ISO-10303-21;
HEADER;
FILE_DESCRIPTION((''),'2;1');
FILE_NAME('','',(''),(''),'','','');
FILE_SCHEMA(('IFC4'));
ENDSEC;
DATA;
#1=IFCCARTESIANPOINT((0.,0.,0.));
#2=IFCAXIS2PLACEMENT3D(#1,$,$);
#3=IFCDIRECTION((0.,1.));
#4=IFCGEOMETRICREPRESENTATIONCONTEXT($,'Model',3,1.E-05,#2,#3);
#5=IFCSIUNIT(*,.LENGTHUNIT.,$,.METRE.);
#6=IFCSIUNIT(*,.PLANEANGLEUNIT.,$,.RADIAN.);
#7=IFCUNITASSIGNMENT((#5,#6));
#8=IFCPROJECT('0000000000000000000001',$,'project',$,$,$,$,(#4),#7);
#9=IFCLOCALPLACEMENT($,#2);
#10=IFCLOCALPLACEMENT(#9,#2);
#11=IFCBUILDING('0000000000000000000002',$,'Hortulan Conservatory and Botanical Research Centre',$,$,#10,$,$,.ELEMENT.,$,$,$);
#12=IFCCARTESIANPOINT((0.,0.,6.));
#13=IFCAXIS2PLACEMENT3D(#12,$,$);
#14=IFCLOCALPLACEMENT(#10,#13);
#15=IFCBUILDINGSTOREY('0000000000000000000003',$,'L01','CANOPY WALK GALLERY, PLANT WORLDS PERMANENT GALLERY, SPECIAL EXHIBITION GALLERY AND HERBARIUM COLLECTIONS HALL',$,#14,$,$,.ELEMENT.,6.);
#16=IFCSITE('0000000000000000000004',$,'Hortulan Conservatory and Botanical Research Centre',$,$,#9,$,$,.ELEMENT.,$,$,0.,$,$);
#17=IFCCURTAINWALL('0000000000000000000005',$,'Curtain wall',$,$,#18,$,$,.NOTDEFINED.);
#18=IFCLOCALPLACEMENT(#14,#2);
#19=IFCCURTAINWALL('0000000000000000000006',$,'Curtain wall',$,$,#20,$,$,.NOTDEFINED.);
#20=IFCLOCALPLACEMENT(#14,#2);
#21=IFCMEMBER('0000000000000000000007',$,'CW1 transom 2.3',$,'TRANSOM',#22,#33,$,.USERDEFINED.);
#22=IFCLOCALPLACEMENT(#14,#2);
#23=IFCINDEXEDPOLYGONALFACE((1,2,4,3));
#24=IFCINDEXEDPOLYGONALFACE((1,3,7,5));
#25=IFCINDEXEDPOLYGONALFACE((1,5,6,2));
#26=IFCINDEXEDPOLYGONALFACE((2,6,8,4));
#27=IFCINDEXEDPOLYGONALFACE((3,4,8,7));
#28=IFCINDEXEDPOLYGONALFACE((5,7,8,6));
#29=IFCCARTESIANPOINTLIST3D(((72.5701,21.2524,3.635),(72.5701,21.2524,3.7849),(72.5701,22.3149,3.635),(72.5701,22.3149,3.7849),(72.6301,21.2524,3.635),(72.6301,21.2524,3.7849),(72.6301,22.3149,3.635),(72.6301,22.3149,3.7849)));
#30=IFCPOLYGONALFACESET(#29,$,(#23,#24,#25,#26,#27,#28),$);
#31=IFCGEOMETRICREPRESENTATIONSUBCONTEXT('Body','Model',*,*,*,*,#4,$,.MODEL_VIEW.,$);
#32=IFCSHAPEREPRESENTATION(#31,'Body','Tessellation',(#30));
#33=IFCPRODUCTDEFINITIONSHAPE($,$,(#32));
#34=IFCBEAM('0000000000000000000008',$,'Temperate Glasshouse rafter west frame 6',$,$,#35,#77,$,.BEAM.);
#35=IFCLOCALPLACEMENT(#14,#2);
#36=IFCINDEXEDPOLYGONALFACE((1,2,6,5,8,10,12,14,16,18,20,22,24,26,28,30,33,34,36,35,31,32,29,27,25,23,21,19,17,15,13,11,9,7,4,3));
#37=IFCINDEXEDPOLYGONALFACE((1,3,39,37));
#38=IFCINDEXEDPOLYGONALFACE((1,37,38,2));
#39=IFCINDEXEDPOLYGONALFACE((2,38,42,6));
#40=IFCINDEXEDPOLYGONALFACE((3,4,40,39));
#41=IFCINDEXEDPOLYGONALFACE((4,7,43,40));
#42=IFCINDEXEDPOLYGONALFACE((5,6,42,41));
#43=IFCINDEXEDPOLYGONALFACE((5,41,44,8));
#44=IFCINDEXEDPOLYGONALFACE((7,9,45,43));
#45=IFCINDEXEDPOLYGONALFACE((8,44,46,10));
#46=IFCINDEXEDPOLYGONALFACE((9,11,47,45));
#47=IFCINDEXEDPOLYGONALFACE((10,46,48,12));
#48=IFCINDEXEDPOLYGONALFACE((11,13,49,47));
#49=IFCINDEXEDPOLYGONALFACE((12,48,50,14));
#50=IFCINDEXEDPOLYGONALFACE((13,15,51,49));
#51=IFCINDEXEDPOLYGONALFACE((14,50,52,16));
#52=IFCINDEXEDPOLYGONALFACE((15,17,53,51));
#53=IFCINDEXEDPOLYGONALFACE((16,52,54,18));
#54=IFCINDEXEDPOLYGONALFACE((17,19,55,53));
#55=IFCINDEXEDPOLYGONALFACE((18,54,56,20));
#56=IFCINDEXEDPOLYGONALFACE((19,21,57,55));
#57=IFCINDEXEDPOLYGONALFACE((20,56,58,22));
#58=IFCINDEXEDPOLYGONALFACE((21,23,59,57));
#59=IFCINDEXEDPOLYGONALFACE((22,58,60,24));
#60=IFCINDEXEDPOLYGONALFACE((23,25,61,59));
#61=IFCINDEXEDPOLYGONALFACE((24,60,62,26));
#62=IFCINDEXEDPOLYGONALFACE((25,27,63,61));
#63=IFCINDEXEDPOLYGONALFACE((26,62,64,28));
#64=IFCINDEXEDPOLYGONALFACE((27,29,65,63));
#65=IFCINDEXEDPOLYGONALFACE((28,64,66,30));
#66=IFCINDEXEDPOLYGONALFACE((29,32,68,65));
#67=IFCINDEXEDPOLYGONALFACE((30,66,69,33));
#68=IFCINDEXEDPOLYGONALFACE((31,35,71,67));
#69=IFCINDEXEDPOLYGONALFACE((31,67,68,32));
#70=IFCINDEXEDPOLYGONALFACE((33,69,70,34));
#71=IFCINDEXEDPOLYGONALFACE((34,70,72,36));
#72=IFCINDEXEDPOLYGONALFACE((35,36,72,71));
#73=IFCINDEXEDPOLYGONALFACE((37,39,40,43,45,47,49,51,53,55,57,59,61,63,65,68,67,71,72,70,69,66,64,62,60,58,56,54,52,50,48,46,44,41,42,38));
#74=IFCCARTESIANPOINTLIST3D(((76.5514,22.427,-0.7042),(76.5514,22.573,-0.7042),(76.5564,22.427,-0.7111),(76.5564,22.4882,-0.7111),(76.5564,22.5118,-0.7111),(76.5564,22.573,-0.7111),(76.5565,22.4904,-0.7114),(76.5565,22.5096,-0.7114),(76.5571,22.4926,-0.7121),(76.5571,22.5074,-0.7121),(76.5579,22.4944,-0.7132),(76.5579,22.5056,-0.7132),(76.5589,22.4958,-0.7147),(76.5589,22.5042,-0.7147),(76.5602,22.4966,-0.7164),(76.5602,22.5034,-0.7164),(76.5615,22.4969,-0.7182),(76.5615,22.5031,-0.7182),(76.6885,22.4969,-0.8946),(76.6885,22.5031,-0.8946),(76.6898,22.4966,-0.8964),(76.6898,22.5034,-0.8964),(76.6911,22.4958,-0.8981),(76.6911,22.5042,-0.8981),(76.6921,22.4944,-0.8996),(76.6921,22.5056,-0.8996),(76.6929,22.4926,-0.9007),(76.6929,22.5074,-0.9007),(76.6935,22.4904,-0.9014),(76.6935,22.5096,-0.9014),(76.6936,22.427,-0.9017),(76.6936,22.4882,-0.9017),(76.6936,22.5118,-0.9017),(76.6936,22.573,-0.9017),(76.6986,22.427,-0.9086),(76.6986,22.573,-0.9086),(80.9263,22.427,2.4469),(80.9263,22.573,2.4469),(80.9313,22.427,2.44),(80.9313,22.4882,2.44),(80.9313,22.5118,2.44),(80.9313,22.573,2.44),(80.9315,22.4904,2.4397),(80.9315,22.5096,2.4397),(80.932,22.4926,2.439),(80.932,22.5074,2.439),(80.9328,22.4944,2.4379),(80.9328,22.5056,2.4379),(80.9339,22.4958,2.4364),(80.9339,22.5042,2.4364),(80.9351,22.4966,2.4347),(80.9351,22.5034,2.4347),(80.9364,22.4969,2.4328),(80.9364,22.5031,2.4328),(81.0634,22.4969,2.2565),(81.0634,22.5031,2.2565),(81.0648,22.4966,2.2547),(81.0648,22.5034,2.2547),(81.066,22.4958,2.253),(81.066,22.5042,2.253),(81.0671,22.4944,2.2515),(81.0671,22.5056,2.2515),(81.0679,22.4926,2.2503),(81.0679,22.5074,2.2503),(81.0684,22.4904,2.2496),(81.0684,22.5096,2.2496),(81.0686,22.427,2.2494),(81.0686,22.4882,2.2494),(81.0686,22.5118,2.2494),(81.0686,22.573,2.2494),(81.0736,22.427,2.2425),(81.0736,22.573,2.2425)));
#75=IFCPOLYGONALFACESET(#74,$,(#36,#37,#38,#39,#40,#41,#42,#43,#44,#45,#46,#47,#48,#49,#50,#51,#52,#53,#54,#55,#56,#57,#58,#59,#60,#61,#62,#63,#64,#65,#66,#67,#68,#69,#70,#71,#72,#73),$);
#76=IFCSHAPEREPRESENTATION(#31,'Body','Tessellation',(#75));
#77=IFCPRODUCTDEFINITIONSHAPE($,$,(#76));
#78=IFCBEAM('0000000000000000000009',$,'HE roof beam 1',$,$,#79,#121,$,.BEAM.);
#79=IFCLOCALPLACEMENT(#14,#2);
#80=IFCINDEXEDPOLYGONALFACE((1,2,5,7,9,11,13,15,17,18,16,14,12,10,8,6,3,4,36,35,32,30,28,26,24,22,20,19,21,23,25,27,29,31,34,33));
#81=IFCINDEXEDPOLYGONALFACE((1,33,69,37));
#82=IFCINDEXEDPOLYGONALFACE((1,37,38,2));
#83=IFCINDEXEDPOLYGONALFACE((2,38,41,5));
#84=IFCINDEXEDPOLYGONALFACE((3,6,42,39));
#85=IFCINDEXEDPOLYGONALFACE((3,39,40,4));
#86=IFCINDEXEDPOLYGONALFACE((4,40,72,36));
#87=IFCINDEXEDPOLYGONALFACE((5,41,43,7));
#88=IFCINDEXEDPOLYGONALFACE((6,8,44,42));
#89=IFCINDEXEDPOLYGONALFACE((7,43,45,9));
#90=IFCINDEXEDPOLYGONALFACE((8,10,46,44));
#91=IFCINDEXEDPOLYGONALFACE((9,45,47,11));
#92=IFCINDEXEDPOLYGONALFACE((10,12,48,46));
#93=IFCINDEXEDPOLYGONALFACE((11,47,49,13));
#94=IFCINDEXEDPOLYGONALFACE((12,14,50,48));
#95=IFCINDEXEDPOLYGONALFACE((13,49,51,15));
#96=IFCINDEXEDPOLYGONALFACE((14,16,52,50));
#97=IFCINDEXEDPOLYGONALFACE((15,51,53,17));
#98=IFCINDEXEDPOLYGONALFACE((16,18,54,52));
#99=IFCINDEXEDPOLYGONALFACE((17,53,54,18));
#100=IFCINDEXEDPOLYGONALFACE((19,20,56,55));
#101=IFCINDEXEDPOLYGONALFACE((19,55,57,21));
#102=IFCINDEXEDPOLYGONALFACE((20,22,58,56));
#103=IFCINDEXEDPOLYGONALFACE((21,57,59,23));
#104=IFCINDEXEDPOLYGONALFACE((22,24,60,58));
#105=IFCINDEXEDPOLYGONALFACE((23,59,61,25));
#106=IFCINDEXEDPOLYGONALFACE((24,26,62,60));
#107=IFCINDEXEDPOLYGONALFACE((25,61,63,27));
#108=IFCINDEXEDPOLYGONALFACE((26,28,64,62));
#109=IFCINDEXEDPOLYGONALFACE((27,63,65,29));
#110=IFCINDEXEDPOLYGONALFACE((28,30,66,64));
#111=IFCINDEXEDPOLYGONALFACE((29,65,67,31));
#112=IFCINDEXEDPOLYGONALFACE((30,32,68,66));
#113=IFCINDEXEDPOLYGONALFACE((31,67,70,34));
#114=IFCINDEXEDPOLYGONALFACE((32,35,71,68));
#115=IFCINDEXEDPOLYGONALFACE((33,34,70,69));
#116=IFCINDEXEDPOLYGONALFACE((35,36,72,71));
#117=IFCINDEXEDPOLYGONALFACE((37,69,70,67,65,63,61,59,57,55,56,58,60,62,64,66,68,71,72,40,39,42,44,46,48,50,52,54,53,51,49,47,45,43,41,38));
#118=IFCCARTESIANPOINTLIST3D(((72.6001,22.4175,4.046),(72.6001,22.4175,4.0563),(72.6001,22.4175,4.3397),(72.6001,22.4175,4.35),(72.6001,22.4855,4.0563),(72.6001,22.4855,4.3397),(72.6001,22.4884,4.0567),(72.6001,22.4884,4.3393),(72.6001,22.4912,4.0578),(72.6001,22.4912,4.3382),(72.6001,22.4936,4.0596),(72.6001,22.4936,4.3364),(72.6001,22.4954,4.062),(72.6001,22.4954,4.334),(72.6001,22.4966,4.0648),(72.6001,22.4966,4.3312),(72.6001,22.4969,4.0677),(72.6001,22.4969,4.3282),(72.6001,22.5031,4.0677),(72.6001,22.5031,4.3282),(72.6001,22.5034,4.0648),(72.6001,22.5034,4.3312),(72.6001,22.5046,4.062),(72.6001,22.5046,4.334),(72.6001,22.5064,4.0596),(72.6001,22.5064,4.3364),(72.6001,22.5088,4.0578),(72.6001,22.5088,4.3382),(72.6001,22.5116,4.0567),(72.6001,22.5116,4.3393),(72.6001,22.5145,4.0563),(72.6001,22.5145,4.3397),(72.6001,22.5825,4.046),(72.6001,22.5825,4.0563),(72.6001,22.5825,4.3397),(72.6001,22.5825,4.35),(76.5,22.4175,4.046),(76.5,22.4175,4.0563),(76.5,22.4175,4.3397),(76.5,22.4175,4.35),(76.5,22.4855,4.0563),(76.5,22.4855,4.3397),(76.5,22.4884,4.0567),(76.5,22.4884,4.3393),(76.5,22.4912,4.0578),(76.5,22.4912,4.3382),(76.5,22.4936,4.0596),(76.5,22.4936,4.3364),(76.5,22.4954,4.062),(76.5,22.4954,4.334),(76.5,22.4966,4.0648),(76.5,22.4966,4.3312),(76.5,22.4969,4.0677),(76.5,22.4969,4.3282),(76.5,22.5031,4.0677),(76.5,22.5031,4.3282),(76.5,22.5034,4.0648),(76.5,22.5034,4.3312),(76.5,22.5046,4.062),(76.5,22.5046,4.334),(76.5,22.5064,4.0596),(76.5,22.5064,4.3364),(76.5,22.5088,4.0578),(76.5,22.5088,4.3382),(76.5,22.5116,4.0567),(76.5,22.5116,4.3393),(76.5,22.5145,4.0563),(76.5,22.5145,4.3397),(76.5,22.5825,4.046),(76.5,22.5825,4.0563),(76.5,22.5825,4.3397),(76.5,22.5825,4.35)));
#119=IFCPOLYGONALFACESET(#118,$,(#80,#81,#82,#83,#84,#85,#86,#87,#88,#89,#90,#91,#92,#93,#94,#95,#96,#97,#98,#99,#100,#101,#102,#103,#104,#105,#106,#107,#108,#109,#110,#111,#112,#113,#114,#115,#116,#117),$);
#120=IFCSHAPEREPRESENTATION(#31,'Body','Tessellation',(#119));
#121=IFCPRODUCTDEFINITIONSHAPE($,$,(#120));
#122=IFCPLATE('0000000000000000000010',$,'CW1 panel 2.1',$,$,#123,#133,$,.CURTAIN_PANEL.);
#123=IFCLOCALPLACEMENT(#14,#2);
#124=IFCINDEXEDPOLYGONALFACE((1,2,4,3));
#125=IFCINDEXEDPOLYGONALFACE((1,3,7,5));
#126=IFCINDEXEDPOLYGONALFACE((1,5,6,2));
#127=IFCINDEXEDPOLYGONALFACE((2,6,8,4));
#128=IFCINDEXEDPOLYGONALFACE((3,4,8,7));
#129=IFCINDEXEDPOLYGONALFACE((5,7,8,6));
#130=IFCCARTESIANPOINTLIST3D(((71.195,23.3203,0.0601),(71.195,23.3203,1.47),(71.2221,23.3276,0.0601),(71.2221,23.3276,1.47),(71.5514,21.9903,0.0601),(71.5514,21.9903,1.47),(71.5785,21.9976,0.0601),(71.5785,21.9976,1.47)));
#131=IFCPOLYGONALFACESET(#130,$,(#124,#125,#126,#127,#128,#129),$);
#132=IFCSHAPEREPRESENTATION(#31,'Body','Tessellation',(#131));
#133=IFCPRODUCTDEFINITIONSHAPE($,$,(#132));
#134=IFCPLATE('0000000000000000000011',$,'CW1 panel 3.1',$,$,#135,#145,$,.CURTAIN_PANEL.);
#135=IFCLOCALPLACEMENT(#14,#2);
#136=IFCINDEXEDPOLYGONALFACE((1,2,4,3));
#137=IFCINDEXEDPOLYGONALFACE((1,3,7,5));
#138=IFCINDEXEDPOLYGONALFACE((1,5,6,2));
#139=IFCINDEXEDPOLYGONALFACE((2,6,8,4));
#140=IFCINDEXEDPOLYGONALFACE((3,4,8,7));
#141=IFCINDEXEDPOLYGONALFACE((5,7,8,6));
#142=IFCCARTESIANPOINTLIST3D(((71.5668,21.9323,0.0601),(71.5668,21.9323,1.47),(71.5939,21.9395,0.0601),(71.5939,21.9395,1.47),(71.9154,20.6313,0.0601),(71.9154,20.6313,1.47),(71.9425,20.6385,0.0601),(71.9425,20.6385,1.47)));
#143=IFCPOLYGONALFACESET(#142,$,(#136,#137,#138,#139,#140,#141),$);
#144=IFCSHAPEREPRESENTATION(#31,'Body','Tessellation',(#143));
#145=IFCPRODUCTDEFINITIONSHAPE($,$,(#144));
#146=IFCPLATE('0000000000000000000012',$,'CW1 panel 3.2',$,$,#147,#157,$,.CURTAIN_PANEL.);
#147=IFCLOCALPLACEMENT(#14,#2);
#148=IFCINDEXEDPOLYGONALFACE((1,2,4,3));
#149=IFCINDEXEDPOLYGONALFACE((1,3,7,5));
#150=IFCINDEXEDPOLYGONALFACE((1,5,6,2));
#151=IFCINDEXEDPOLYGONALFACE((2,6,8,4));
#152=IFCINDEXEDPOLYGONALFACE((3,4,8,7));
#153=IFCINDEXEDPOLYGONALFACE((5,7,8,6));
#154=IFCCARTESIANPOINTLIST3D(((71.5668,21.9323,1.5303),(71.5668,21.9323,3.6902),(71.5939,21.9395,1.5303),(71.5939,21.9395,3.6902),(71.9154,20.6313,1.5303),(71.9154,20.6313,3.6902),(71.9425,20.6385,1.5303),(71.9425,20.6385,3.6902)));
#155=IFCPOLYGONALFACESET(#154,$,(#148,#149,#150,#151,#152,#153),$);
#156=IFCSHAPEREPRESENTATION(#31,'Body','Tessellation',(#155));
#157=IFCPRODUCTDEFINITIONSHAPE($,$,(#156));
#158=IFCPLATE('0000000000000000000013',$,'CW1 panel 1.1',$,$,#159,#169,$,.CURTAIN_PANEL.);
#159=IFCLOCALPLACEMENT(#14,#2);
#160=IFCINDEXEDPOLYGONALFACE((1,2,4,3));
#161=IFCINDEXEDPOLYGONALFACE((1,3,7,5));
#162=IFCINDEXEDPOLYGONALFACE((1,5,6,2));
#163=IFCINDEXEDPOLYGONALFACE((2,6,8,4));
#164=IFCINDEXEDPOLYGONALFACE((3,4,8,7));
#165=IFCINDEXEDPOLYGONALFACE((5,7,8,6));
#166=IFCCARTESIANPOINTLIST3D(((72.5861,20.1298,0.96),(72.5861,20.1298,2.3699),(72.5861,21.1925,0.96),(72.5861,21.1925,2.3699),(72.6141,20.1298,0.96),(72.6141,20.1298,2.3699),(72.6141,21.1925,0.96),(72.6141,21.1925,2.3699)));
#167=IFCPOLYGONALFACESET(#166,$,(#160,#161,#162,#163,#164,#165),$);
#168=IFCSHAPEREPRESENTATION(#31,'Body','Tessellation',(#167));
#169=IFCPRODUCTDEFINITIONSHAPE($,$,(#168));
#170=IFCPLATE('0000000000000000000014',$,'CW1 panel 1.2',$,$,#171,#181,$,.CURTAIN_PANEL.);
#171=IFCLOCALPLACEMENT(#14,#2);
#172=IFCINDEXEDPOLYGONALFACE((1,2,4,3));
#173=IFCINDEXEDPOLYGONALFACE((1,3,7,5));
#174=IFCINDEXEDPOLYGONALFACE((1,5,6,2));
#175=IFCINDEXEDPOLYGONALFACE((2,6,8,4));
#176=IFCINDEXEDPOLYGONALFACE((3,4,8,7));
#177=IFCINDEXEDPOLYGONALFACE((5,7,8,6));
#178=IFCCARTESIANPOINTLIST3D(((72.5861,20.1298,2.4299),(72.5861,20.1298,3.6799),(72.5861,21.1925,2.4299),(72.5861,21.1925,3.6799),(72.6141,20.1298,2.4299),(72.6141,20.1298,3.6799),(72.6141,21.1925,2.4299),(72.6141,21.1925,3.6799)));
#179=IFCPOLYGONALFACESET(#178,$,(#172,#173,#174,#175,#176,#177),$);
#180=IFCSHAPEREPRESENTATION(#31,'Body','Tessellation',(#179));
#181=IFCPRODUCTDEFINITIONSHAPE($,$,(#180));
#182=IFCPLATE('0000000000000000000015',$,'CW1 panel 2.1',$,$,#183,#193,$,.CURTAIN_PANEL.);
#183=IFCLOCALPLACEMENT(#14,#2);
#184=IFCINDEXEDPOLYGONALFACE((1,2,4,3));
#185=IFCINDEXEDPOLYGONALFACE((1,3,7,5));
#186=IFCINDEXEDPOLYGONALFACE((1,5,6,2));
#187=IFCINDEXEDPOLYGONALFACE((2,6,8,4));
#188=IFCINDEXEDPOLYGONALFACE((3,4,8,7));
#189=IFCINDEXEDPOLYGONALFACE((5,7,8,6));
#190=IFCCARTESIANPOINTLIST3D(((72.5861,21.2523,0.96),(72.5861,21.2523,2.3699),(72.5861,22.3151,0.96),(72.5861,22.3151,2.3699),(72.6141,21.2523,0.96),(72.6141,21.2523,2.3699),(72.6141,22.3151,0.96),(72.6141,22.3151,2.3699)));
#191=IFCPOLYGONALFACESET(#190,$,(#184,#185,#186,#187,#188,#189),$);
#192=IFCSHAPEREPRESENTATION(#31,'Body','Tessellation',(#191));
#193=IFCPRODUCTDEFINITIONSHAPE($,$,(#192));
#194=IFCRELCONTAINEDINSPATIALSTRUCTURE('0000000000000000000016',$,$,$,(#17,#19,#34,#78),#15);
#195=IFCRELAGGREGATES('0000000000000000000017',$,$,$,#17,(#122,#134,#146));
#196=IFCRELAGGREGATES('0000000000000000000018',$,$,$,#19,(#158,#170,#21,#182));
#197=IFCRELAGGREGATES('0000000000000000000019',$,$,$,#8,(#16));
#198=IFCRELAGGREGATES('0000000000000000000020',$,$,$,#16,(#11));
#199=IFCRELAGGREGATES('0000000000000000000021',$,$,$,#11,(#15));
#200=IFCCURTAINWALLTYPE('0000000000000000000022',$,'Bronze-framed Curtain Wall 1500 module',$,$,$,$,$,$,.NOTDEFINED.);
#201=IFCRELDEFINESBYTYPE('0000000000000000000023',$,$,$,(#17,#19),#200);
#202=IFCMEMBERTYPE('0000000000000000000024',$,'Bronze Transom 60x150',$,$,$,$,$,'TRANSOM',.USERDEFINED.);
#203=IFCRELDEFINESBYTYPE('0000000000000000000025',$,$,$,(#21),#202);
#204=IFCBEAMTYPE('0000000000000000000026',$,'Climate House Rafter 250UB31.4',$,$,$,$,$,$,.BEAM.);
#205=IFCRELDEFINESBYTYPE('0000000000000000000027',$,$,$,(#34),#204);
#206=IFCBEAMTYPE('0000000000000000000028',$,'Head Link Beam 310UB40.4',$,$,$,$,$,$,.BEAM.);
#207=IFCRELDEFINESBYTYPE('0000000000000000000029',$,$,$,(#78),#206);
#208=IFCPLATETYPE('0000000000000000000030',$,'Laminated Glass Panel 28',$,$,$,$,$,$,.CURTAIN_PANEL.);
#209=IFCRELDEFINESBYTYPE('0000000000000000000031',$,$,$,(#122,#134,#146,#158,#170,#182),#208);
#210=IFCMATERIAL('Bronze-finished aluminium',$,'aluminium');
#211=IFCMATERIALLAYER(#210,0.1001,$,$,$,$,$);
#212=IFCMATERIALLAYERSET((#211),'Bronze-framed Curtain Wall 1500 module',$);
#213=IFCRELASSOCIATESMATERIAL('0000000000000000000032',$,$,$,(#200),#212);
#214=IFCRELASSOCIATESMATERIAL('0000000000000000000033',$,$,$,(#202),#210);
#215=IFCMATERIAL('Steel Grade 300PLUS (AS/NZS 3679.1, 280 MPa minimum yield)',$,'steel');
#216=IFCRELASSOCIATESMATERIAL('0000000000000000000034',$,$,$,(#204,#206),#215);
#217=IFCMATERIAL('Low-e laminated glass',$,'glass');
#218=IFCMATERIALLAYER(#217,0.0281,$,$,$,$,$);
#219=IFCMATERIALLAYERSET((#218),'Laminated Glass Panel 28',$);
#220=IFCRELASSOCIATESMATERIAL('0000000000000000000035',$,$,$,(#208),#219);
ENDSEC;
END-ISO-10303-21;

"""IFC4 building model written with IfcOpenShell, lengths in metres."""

from ifc_helpers import new_model, si_unit, direction, frame, origin, origin_2d, place, context, subcontext, project, spatial, rectangle, i_section, extrude, material, layer, layer_set, material_profile, profile_set, type_object, element, aggregate, save


model = new_model("IFC4")

# Units and contexts
model_context = context("Model", 3, precision=1e-05, world=origin(), true_north=direction((0.0, 1.0)))
body_context = subcontext(model_context, "Body", "Model", "MODEL_VIEW")
ifc_project = project(units=[si_unit("LENGTHUNIT", "METRE"), si_unit("PLANEANGLEUNIT", "RADIAN")], contexts=[model_context])

# Site, building, storey
site_placement = place(None, origin())
site = spatial("IfcSite", under=ifc_project, at=site_placement, Name="Hortulan Conservatory and Botanical Research Centre", CompositionType="ELEMENT", RefElevation=0.0)
building_placement = place(site_placement, origin())
building = spatial("IfcBuilding", under=site, at=building_placement, Name="Hortulan Conservatory and Botanical Research Centre", CompositionType="ELEMENT")
storey_placement = place(building_placement, frame((0.0, 0.0, 6.0)))
storey = spatial("IfcBuildingStorey", under=building, at=storey_placement, Name="L01", Description="CANOPY WALK GALLERY, PLANT WORLDS PERMANENT GALLERY, SPECIAL EXHIBITION GALLERY AND HERBARIUM COLLECTIONS HALL", CompositionType="ELEMENT", Elevation=6.0)

# Curtain walls
ifc_material_1 = material(Name="Bronze-finished aluminium", Category="aluminium")
ifc_layer_1 = layer(ifc_material_1, 0.1001)
ifc_layer_set_1 = layer_set([ifc_layer_1], Name="Bronze-framed Curtain Wall 1500 module")
curtain_wall_type = type_object("IfcCurtainWallType", Name="Bronze-framed Curtain Wall 1500 module", PredefinedType="NOTDEFINED", material=ifc_layer_set_1)
curtain_wall_1_placement = place(storey_placement, origin())
curtain_wall_1 = element("IfcCurtainWall", 1, at=curtain_wall_1_placement, inside=storey, type_object=curtain_wall_type, Name="Curtain wall", PredefinedType="NOTDEFINED")
curtain_wall_2_placement = place(storey_placement, origin())
curtain_wall_2 = element("IfcCurtainWall", 2, at=curtain_wall_2_placement, inside=storey, type_object=curtain_wall_type, Name="Curtain wall", PredefinedType="NOTDEFINED")

# Member
ifc_material_profile_1 = material_profile(ifc_material_1, rectangle(XDim=0.0601, YDim=0.1499, at=origin_2d()), Name="Bronze Transom 60x150")
ifc_profile_set_1 = profile_set([ifc_material_profile_1], Name="Bronze-finished aluminium")
member_type_1 = type_object("IfcMemberType", Name="Bronze Transom 60x150", ElementType="TRANSOM", PredefinedType="USERDEFINED", material=ifc_profile_set_1)
member_1_placement = place(storey_placement, frame((72.6001, 21.2524, 3.71), z_axis=(0.0, 1.0, 0.0), x_axis=(-1.0, 0.0, 0.0)))
member_1 = element("IfcMember", 3, at=member_1_placement, type_object=member_type_1, Name="CW1 transom 2.3", ObjectType="TRANSOM", PredefinedType="USERDEFINED", context=body_context, shape_type="SweptSolid", body=[
    extrude(rectangle(XDim=0.0601, YDim=0.1499, at=origin_2d()), origin(), (0.0, 0.0, 1.0), 1.0625),
])

# Beams
ifc_material_2 = material(Name="Steel Grade 300PLUS (AS/NZS 3679.1, 280 MPa minimum yield)", Category="steel")
ifc_material_profile_2 = material_profile(ifc_material_2, i_section(OverallWidth=0.146, OverallDepth=0.252, WebThickness=0.0061, FlangeThickness=0.0085, FilletRadius=0.0088, at=origin_2d()), Name="250UB31.4")
ifc_profile_set_2 = profile_set([ifc_material_profile_2], Name="Steel Grade 300PLUS (AS/NZS 3679.1, 280 MPa minimum yield)")
beam_type_1 = type_object("IfcBeamType", Name="Climate House Rafter 250UB31.4", PredefinedType="BEAM", material=ifc_profile_set_2)
beam_1_placement = place(storey_placement, frame((76.625, 22.5, -0.8064), z_axis=(0.811436, 0.0, 0.584442), x_axis=(0.0, 1.0, 0.0)))
element("IfcBeam", 4, at=beam_1_placement, inside=storey, type_object=beam_type_1, Name="Temperate Glasshouse rafter west frame 6", PredefinedType="BEAM", context=body_context, shape_type="SweptSolid", body=[
    extrude(i_section(OverallWidth=0.146, OverallDepth=0.252, WebThickness=0.0061, FlangeThickness=0.0085, FilletRadius=0.0088, at=origin_2d()), origin(), (0.0, 0.0, 1.0), 5.3916),
])
ifc_material_profile_3 = material_profile(ifc_material_2, i_section(OverallWidth=0.165, OverallDepth=0.304, WebThickness=0.0061, FlangeThickness=0.0103, FilletRadius=0.0115, at=origin_2d()), Name="310UB40.4")
ifc_profile_set_3 = profile_set([ifc_material_profile_3], Name="Steel Grade 300PLUS (AS/NZS 3679.1, 280 MPa minimum yield)")
beam_type_2 = type_object("IfcBeamType", Name="Head Link Beam 310UB40.4", PredefinedType="BEAM", material=ifc_profile_set_3)
beam_2_placement = place(storey_placement, frame((72.6001, 22.5, 4.198), z_axis=(1.0, 0.0, 0.0), x_axis=(0.0, 1.0, 0.0)))
element("IfcBeam", 5, at=beam_2_placement, inside=storey, type_object=beam_type_2, Name="HE roof beam 1", PredefinedType="BEAM", context=body_context, shape_type="SweptSolid", body=[
    extrude(i_section(OverallWidth=0.165, OverallDepth=0.304, WebThickness=0.0061, FlangeThickness=0.0103, FilletRadius=0.0115, at=origin_2d()), origin(), (0.0, 0.0, 1.0), 3.8999),
])

# Plates
ifc_material_3 = material(Name="Low-e laminated glass", Category="glass")
ifc_layer_2 = layer(ifc_material_3, 0.0281)
ifc_layer_set_2 = layer_set([ifc_layer_2], Name="Laminated Glass Panel 28")
plate_type = type_object("IfcPlateType", Name="Laminated Glass Panel 28", PredefinedType="CURTAIN_PANEL", material=ifc_layer_set_2)
plate_1_placement = place(storey_placement, frame((71.3867, 22.6589, 0.0601), z_axis=(0.0, 0.0, 1.0), x_axis=(0.258832, -0.965922, 0.0)))
plate_1 = element("IfcPlate", 6, at=plate_1_placement, type_object=plate_type, Name="CW1 panel 2.1", PredefinedType="CURTAIN_PANEL", context=body_context, shape_type="SweptSolid", body=[
    extrude(rectangle(XDim=1.377, YDim=0.0281, at=origin_2d()), origin(), (0.0, 0.0, 1.0), 1.4099),
])
plate_2_placement = place(storey_placement, frame((71.7546, 21.2854, 0.0601), z_axis=(0.0, 0.0, 1.0), x_axis=(0.258832, -0.965922, 0.0)))
plate_2 = element("IfcPlate", 7, at=plate_2_placement, type_object=plate_type, Name="CW1 panel 3.1", PredefinedType="CURTAIN_PANEL", context=body_context, shape_type="SweptSolid", body=[
    extrude(rectangle(XDim=1.3469, YDim=0.0281, at=origin_2d()), origin(), (0.0, 0.0, 1.0), 1.4099),
])
plate_3_placement = place(storey_placement, frame((71.7546, 21.2854, 1.5303), z_axis=(0.0, 0.0, 1.0), x_axis=(0.258832, -0.965922, 0.0)))
plate_3 = element("IfcPlate", 8, at=plate_3_placement, type_object=plate_type, Name="CW1 panel 3.2", PredefinedType="CURTAIN_PANEL", context=body_context, shape_type="SweptSolid", body=[
    extrude(rectangle(XDim=1.3469, YDim=0.0281, at=origin_2d()), origin(), (0.0, 0.0, 1.0), 2.1599),
])
aggregate(curtain_wall_1, [plate_1, plate_2, plate_3])
plate_4_placement = place(storey_placement, frame((72.6001, 20.6611, 0.96), z_axis=(0.0, 0.0, 1.0), x_axis=(0.0, 1.0, 0.0)))
plate_4 = element("IfcPlate", 9, at=plate_4_placement, type_object=plate_type, Name="CW1 panel 1.1", PredefinedType="CURTAIN_PANEL", context=body_context, shape_type="SweptSolid", body=[
    extrude(rectangle(XDim=1.0627, YDim=0.0281, at=origin_2d()), origin(), (0.0, 0.0, 1.0), 1.4099),
])
plate_5_placement = place(storey_placement, frame((72.6001, 20.6611, 2.4299), z_axis=(0.0, 0.0, 1.0), x_axis=(0.0, 1.0, 0.0)))
plate_5 = element("IfcPlate", 10, at=plate_5_placement, type_object=plate_type, Name="CW1 panel 1.2", PredefinedType="CURTAIN_PANEL", context=body_context, shape_type="SweptSolid", body=[
    extrude(rectangle(XDim=1.0627, YDim=0.0281, at=origin_2d()), origin(), (0.0, 0.0, 1.0), 1.25),
])
plate_6_placement = place(storey_placement, frame((72.6001, 21.7837, 0.96), z_axis=(0.0, 0.0, 1.0), x_axis=(0.0, 1.0, 0.0)))
plate_6 = element("IfcPlate", 11, at=plate_6_placement, type_object=plate_type, Name="CW1 panel 2.1", PredefinedType="CURTAIN_PANEL", context=body_context, shape_type="SweptSolid", body=[
    extrude(rectangle(XDim=1.0627, YDim=0.0281, at=origin_2d()), origin(), (0.0, 0.0, 1.0), 1.4099),
])
aggregate(curtain_wall_2, [plate_4, plate_5, member_1, plate_6])

save(model, "model.ifc")
